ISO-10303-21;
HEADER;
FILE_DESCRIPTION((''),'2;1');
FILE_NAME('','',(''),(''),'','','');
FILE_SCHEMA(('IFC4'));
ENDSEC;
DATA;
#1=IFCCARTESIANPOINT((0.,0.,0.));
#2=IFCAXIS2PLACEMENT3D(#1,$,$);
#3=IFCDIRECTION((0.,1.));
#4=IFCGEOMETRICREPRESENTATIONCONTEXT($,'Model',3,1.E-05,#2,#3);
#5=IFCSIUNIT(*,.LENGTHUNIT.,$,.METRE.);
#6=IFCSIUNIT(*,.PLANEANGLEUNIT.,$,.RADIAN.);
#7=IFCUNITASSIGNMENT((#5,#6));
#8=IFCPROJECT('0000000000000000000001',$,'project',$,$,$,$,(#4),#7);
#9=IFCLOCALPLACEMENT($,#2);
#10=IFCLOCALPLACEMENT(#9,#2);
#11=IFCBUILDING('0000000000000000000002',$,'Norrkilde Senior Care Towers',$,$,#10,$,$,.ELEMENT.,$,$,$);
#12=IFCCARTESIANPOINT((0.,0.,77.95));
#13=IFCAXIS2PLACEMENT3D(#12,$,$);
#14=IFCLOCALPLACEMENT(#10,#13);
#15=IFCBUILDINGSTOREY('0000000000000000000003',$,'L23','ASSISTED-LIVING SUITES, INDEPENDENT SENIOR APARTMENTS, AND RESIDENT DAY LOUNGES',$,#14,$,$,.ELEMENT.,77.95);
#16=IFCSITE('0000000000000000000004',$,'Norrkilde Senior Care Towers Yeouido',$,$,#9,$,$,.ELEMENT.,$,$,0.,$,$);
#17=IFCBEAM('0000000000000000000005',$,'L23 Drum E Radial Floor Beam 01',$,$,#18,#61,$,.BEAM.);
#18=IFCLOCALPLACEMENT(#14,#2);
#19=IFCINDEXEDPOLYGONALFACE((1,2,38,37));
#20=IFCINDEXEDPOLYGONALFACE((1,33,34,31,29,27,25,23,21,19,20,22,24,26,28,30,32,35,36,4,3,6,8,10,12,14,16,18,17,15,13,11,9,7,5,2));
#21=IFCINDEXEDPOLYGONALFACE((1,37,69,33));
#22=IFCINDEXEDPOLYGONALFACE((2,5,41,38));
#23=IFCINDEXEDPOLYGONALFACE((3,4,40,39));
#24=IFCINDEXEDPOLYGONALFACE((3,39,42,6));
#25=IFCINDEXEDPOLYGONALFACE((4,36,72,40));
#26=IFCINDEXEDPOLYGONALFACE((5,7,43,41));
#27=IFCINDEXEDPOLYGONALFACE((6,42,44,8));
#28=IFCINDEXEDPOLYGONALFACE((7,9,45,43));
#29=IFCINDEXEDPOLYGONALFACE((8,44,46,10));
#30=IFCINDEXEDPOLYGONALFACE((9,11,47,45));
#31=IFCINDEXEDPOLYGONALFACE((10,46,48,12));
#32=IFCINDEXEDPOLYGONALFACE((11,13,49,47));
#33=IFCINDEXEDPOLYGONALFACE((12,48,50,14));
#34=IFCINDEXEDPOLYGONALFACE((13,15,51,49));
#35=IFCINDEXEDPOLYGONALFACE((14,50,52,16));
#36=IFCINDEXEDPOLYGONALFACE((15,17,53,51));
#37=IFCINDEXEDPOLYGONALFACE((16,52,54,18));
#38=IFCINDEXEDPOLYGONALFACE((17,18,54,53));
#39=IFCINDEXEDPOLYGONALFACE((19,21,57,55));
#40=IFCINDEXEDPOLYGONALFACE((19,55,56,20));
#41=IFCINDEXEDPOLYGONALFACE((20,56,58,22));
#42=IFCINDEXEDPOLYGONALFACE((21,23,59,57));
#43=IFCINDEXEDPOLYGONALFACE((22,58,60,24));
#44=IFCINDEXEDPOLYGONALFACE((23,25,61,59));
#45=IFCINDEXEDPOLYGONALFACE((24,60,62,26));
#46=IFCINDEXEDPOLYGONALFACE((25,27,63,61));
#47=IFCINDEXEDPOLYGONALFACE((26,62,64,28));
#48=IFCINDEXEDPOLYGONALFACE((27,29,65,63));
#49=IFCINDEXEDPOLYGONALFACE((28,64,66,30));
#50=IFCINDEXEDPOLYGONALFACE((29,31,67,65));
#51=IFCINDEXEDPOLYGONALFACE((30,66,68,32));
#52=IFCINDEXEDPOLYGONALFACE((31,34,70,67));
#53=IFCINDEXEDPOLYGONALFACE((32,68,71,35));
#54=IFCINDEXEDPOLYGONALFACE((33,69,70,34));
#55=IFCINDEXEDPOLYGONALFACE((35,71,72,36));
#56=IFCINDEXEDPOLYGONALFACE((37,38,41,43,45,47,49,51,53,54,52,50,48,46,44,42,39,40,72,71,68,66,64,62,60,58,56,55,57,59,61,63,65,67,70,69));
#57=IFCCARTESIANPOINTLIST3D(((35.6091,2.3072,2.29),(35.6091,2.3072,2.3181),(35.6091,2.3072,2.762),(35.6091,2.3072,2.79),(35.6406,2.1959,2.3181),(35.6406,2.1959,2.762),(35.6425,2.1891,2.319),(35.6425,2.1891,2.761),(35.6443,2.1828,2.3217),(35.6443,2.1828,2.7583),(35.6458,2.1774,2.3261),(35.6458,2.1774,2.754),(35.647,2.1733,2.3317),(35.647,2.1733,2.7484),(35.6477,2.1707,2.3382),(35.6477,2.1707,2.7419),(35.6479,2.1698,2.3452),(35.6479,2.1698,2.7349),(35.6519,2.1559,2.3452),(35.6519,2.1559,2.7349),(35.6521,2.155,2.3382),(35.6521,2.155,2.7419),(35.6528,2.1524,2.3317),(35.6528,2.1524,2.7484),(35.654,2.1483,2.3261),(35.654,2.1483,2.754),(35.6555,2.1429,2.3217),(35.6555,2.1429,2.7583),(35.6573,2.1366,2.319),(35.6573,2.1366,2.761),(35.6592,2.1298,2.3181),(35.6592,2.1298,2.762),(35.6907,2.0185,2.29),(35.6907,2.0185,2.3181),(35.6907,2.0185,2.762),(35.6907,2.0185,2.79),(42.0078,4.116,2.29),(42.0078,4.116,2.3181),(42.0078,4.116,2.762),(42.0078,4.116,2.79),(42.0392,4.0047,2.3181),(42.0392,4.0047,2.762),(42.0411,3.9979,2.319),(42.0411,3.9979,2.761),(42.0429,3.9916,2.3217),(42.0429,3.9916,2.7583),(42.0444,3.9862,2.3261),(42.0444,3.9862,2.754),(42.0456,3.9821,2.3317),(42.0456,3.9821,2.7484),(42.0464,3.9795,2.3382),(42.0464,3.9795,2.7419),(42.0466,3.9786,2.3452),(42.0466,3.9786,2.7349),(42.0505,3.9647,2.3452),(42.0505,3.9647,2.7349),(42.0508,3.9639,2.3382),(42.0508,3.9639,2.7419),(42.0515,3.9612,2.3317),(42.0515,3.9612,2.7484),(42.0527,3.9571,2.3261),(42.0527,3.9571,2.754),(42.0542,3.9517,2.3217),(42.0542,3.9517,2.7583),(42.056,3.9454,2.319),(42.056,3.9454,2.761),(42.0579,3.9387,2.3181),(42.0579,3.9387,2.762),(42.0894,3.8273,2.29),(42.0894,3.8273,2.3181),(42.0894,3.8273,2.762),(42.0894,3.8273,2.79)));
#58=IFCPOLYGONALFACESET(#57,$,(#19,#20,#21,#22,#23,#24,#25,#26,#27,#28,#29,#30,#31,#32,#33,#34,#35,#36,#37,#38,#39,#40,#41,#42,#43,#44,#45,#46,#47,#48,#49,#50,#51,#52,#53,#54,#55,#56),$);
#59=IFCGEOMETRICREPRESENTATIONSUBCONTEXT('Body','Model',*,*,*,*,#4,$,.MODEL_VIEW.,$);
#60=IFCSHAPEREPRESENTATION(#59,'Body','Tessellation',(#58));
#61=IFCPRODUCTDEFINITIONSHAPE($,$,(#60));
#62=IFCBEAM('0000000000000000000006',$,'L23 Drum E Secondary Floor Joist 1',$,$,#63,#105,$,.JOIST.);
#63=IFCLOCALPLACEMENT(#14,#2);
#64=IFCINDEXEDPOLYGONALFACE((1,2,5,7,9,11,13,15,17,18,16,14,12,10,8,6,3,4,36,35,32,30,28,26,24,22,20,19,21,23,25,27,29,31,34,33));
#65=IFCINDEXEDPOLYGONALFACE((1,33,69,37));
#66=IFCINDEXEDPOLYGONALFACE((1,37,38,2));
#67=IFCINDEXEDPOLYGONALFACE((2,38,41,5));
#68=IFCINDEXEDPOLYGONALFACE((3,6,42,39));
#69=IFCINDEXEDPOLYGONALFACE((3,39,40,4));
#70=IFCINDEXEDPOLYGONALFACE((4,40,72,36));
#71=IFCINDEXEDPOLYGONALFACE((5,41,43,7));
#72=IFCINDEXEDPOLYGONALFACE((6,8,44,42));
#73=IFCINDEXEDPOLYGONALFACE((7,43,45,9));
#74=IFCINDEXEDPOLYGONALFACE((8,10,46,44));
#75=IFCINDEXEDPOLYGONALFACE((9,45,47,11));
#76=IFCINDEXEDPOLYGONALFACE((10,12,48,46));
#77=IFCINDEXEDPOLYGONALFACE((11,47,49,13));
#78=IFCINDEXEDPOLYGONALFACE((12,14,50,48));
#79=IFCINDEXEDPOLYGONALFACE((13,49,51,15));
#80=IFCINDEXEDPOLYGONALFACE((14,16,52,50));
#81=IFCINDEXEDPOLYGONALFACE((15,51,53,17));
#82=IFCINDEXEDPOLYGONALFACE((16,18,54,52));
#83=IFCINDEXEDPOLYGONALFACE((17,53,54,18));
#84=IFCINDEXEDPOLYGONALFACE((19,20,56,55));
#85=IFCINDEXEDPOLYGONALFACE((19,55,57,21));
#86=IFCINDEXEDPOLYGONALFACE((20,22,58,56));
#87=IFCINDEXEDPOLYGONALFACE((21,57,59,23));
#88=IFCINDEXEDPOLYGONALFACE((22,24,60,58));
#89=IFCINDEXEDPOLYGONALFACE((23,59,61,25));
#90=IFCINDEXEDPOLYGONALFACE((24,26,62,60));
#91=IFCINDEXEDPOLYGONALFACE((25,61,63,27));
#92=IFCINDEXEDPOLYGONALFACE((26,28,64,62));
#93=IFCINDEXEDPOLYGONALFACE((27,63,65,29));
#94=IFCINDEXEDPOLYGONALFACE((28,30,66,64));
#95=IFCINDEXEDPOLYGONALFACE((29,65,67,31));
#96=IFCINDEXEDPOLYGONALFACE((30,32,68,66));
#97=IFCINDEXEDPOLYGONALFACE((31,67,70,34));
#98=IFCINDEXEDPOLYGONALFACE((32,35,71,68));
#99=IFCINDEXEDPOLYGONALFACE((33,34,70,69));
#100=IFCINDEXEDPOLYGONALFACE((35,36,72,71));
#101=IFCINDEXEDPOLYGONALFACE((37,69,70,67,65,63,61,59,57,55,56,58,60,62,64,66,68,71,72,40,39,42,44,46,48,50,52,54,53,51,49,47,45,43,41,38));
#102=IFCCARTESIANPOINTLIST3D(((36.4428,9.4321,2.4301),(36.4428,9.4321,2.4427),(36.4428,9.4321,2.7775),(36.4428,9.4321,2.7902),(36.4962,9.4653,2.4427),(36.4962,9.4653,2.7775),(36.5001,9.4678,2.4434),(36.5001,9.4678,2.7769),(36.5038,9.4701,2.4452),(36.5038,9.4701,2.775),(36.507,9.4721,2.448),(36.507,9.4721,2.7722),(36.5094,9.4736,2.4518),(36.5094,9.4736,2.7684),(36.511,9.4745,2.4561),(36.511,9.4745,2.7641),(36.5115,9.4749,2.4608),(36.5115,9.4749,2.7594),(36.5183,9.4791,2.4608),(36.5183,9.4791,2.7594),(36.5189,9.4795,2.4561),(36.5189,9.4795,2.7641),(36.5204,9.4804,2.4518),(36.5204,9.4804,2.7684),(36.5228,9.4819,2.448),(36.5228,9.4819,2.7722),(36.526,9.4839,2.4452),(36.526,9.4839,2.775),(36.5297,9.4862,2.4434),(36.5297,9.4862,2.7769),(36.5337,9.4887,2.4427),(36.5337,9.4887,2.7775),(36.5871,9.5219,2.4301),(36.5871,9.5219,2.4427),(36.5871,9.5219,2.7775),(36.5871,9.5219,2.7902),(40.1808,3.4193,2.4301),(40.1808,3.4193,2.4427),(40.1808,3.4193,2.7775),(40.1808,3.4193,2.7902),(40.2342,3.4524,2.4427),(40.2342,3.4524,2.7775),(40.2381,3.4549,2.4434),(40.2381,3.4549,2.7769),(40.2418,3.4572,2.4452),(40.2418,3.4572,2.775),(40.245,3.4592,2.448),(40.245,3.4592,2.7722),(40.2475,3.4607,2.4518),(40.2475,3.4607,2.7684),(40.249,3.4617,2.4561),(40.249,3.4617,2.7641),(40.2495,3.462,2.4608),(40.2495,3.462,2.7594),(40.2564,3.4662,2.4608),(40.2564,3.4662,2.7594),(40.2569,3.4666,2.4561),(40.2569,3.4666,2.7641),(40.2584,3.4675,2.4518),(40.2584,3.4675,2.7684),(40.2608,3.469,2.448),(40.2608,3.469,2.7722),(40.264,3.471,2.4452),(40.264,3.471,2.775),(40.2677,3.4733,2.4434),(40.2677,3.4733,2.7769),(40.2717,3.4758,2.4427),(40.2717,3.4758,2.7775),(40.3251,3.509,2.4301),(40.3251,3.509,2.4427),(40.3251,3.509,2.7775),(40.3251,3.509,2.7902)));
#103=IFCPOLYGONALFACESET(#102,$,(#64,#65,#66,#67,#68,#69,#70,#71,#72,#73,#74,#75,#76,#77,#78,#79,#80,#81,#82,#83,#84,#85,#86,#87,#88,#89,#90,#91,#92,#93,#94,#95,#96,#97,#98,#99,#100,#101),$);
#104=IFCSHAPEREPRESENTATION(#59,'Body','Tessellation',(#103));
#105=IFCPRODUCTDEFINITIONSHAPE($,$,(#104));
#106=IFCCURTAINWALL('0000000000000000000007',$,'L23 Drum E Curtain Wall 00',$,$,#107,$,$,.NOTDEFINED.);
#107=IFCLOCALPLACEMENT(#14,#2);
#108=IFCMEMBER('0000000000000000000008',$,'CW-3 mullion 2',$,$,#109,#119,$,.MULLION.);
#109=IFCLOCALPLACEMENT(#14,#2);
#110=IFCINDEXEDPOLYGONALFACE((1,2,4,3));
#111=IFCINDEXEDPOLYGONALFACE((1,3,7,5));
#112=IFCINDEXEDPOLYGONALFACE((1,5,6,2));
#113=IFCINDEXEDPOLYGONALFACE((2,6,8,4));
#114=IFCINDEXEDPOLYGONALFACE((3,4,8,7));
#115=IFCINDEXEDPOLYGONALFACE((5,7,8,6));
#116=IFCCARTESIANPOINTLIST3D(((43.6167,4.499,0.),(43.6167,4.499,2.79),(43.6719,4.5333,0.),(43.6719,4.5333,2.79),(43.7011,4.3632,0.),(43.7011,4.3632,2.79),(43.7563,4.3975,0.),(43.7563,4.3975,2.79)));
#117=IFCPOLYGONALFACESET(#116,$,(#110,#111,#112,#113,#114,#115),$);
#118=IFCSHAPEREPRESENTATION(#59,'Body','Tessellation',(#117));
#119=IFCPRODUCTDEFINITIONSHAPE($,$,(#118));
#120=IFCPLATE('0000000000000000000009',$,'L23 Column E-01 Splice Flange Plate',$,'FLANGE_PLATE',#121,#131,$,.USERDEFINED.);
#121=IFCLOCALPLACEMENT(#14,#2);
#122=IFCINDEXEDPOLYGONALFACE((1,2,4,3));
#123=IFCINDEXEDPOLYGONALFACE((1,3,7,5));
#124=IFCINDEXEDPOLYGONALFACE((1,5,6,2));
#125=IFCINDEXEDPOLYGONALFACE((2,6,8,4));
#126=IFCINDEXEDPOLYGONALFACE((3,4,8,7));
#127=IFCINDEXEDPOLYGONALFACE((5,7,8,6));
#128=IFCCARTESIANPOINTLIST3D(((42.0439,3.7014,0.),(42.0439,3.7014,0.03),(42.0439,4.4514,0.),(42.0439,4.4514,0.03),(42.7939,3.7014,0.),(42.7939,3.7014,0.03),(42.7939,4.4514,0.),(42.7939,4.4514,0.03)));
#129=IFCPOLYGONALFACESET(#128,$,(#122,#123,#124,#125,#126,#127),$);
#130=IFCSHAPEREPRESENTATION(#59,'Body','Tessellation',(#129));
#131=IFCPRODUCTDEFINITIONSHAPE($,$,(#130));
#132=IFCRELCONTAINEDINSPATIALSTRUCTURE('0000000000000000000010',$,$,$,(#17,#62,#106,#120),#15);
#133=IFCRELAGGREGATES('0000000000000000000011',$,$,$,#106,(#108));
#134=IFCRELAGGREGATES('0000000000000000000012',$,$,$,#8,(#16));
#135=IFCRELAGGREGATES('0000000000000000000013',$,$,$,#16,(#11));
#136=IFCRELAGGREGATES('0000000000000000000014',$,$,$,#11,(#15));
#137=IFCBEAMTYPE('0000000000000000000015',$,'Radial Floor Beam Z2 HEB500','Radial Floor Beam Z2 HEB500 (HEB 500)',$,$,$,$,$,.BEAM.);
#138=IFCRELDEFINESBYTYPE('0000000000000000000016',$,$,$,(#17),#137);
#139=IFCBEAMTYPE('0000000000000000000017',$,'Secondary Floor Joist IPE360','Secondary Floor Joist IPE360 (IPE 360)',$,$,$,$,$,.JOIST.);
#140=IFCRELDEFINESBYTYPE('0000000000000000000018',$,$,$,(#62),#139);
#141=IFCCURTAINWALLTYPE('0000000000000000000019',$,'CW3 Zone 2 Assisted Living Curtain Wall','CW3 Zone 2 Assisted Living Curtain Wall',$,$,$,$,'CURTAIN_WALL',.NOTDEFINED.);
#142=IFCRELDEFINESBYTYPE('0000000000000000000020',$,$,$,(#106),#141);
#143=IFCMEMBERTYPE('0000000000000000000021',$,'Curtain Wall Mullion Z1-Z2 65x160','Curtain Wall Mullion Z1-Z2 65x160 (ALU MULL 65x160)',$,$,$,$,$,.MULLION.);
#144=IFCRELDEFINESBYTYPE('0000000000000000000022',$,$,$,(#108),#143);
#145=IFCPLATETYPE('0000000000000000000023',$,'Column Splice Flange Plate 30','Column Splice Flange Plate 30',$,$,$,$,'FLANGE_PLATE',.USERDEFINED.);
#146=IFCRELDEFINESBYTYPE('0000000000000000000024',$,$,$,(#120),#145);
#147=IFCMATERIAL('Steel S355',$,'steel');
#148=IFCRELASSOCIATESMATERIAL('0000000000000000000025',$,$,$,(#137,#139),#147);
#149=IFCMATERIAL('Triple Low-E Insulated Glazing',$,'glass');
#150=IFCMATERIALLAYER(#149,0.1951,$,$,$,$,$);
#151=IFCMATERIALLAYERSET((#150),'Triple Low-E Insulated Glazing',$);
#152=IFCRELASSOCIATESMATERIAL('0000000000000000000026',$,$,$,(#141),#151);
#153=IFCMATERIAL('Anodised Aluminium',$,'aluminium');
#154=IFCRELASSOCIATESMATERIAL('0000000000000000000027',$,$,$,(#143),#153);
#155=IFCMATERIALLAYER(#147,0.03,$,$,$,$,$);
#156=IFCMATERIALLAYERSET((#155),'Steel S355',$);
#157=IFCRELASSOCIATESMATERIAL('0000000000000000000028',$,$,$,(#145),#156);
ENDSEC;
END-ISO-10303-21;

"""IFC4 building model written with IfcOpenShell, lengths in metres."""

from ifc_helpers import new_model, si_unit, direction, frame, origin, origin_2d, place, context, subcontext, project, spatial, rectangle, i_section, extrude, source, transform, mapped, material, layer, layer_set, material_profile, profile_set, type_object, type_shapes, element, aggregate, save


model = new_model("IFC4")

# Units and contexts
model_context = context("Model", 3, precision=1e-05, world=origin(), true_north=direction((0.0, 1.0)))
body_context = subcontext(model_context, "Body", "Model", "MODEL_VIEW")
ifc_project = project(units=[si_unit("LENGTHUNIT", "METRE"), si_unit("PLANEANGLEUNIT", "RADIAN")], contexts=[model_context])

# Site, building, storey
site_placement = place(None, origin())
site = spatial("IfcSite", under=ifc_project, at=site_placement, Name="Norrkilde Senior Care Towers Yeouido", CompositionType="ELEMENT", RefElevation=0.0)
building_placement = place(site_placement, origin())
building = spatial("IfcBuilding", under=site, at=building_placement, Name="Norrkilde Senior Care Towers", CompositionType="ELEMENT")
storey_placement = place(building_placement, frame((0.0, 0.0, 77.95)))
storey = spatial("IfcBuildingStorey", under=building, at=storey_placement, Name="L23", Description="ASSISTED-LIVING SUITES, INDEPENDENT SENIOR APARTMENTS, AND RESIDENT DAY LOUNGES", CompositionType="ELEMENT", Elevation=77.95)

# Beams
ifc_material_1 = material(Name="Steel S355", Category="steel")
ifc_material_profile_1 = material_profile(ifc_material_1, i_section(OverallWidth=0.3, OverallDepth=0.5, WebThickness=0.0144, FlangeThickness=0.0281, FilletRadius=0.0271, at=origin_2d()), Name="HEB 500")
ifc_profile_set_1 = profile_set([ifc_material_profile_1], Name="Steel S355")
beam_type_1 = type_object("IfcBeamType", Name="Radial Floor Beam Z2 HEB500", Description="Radial Floor Beam Z2 HEB500 (HEB 500)", PredefinedType="BEAM", material=ifc_profile_set_1)
shared_shape_1 = source(origin(), body_context, "Body", "SweptSolid", [
    extrude(i_section(OverallWidth=0.3, OverallDepth=0.5, WebThickness=0.0144, FlangeThickness=0.0281, FilletRadius=0.0271, at=origin_2d()), origin(), (0.0, 0.0, 1.0), 6.6494),
])
beam_1_placement = place(storey_placement, frame((35.6499, 2.1628, 2.54), z_axis=(0.962289, 0.272029, 0.0), x_axis=(-0.272029, 0.962289, 0.0)))
element("IfcBeam", 1, at=beam_1_placement, inside=storey, type_object=beam_type_1, Name="L23 Drum E Radial Floor Beam 01", PredefinedType="BEAM", context=body_context, shape_type="MappedRepresentation", body=[
    mapped(shared_shape_1, transform((0.0, 0.0, 0.0), x_axis=(1.0, 0.0, 0.0), y_axis=(0.0, 1.0, 0.0), z_axis=(0.0, 0.0, 1.0), scale=1.0)),
])
ifc_material_profile_2 = material_profile(ifc_material_1, i_section(OverallWidth=0.1699, OverallDepth=0.3601, WebThickness=0.0081, FlangeThickness=0.0127, FilletRadius=0.0181, at=origin_2d()), Name="IPE 360")
ifc_profile_set_2 = profile_set([ifc_material_profile_2], Name="Steel S355")
beam_type_2 = type_object("IfcBeamType", Name="Secondary Floor Joist IPE360", Description="Secondary Floor Joist IPE360 (IPE 360)", PredefinedType="JOIST", material=ifc_profile_set_2)
shared_shape_2 = source(origin(), body_context, "Body", "SweptSolid", [
    extrude(i_section(OverallWidth=0.1699, OverallDepth=0.3601, WebThickness=0.0081, FlangeThickness=0.0127, FilletRadius=0.0181, at=origin_2d()), origin(), (0.0, 0.0, 1.0), 7.0801),
])
type_shapes(beam_type_2, [shared_shape_2])
beam_2_placement = place(storey_placement, frame((40.2529, 3.4641, 2.6101), z_axis=(-0.527961, 0.849269, 0.0), x_axis=(-0.849269, -0.527961, 0.0)))
element("IfcBeam", 2, at=beam_2_placement, inside=storey, type_object=beam_type_2, Name="L23 Drum E Secondary Floor Joist 1", PredefinedType="JOIST", context=body_context, shape_type="MappedRepresentation", body=[
    mapped(shared_shape_2, transform((0.0, 0.0, 0.0), x_axis=(1.0, 0.0, 0.0), y_axis=(0.0, 1.0, 0.0), z_axis=(0.0, 0.0, 1.0), scale=1.0)),
])

# Curtain wall, member
ifc_material_2 = material(Name="Triple Low-E Insulated Glazing", Category="glass")
ifc_layer_1 = layer(ifc_material_2, 0.1951)
ifc_layer_set_1 = layer_set([ifc_layer_1], Name="Triple Low-E Insulated Glazing")
curtain_wall_type = type_object("IfcCurtainWallType", Name="CW3 Zone 2 Assisted Living Curtain Wall", Description="CW3 Zone 2 Assisted Living Curtain Wall", ElementType="CURTAIN_WALL", PredefinedType="NOTDEFINED", material=ifc_layer_set_1)
curtain_wall_placement = place(storey_placement, origin())
curtain_wall = element("IfcCurtainWall", 3, at=curtain_wall_placement, inside=storey, type_object=curtain_wall_type, Name="L23 Drum E Curtain Wall 00", PredefinedType="NOTDEFINED")
ifc_material_3 = material(Name="Anodised Aluminium", Category="aluminium")
ifc_material_profile_3 = material_profile(ifc_material_3, rectangle(XDim=0.0649, YDim=0.1599, at=origin_2d()), Name="ALU MULL 65x160")
ifc_profile_set_3 = profile_set([ifc_material_profile_3], Name="Anodised Aluminium")
member_type = type_object("IfcMemberType", Name="Curtain Wall Mullion Z1-Z2 65x160", Description="Curtain Wall Mullion Z1-Z2 65x160 (ALU MULL 65x160)", PredefinedType="MULLION", material=ifc_profile_set_3)
shared_shape_3 = source(origin(), body_context, "Body", "SweptSolid", [
    extrude(rectangle(XDim=0.0649, YDim=0.1599, at=origin_2d()), origin(), (0.0, 0.0, 1.0), 2.79),
])
type_shapes(member_type, [shared_shape_3])
member_placement = place(storey_placement, frame((43.6865, 4.4482, 0.0), z_axis=(0.0, 0.0, 1.0), x_axis=(0.84941, 0.527733, 0.0)))
member = element("IfcMember", 4, at=member_placement, type_object=member_type, Name="CW-3 mullion 2", PredefinedType="MULLION", context=body_context, shape_type="MappedRepresentation", body=[
    mapped(shared_shape_3, transform((0.0, 0.0, 0.0), x_axis=(1.0, 0.0, 0.0), y_axis=(0.0, 1.0, 0.0), z_axis=(0.0, 0.0, 1.0), scale=1.0)),
])
aggregate(curtain_wall, [member])

# Plate
ifc_layer_2 = layer(ifc_material_1, 0.03)
ifc_layer_set_2 = layer_set([ifc_layer_2], Name="Steel S355")
plate_type = type_object("IfcPlateType", Name="Column Splice Flange Plate 30", Description="Column Splice Flange Plate 30", ElementType="FLANGE_PLATE", PredefinedType="USERDEFINED", material=ifc_layer_set_2)
shared_shape_4 = source(origin(), body_context, "Body", "SweptSolid", [
    extrude(rectangle(XDim=0.75, YDim=0.75, at=origin_2d()), origin(), (0.0, 0.0, 1.0), 0.03),
])
type_shapes(plate_type, [shared_shape_4])
plate_placement = place(storey_placement, frame((42.4189, 4.0764, 0.0), z_axis=(0.0, 0.0, 1.0), x_axis=(1.0, 0.0, 0.0)))
element("IfcPlate", 5, at=plate_placement, inside=storey, type_object=plate_type, Name="L23 Column E-01 Splice Flange Plate", ObjectType="FLANGE_PLATE", PredefinedType="USERDEFINED", context=body_context, shape_type="MappedRepresentation", body=[
    mapped(shared_shape_4, transform((0.0, 0.0, 0.0), x_axis=(1.0, 0.0, 0.0), y_axis=(0.0, 1.0, 0.0), z_axis=(0.0, 0.0, 1.0), scale=1.0)),
])

save(model, "model.ifc")
